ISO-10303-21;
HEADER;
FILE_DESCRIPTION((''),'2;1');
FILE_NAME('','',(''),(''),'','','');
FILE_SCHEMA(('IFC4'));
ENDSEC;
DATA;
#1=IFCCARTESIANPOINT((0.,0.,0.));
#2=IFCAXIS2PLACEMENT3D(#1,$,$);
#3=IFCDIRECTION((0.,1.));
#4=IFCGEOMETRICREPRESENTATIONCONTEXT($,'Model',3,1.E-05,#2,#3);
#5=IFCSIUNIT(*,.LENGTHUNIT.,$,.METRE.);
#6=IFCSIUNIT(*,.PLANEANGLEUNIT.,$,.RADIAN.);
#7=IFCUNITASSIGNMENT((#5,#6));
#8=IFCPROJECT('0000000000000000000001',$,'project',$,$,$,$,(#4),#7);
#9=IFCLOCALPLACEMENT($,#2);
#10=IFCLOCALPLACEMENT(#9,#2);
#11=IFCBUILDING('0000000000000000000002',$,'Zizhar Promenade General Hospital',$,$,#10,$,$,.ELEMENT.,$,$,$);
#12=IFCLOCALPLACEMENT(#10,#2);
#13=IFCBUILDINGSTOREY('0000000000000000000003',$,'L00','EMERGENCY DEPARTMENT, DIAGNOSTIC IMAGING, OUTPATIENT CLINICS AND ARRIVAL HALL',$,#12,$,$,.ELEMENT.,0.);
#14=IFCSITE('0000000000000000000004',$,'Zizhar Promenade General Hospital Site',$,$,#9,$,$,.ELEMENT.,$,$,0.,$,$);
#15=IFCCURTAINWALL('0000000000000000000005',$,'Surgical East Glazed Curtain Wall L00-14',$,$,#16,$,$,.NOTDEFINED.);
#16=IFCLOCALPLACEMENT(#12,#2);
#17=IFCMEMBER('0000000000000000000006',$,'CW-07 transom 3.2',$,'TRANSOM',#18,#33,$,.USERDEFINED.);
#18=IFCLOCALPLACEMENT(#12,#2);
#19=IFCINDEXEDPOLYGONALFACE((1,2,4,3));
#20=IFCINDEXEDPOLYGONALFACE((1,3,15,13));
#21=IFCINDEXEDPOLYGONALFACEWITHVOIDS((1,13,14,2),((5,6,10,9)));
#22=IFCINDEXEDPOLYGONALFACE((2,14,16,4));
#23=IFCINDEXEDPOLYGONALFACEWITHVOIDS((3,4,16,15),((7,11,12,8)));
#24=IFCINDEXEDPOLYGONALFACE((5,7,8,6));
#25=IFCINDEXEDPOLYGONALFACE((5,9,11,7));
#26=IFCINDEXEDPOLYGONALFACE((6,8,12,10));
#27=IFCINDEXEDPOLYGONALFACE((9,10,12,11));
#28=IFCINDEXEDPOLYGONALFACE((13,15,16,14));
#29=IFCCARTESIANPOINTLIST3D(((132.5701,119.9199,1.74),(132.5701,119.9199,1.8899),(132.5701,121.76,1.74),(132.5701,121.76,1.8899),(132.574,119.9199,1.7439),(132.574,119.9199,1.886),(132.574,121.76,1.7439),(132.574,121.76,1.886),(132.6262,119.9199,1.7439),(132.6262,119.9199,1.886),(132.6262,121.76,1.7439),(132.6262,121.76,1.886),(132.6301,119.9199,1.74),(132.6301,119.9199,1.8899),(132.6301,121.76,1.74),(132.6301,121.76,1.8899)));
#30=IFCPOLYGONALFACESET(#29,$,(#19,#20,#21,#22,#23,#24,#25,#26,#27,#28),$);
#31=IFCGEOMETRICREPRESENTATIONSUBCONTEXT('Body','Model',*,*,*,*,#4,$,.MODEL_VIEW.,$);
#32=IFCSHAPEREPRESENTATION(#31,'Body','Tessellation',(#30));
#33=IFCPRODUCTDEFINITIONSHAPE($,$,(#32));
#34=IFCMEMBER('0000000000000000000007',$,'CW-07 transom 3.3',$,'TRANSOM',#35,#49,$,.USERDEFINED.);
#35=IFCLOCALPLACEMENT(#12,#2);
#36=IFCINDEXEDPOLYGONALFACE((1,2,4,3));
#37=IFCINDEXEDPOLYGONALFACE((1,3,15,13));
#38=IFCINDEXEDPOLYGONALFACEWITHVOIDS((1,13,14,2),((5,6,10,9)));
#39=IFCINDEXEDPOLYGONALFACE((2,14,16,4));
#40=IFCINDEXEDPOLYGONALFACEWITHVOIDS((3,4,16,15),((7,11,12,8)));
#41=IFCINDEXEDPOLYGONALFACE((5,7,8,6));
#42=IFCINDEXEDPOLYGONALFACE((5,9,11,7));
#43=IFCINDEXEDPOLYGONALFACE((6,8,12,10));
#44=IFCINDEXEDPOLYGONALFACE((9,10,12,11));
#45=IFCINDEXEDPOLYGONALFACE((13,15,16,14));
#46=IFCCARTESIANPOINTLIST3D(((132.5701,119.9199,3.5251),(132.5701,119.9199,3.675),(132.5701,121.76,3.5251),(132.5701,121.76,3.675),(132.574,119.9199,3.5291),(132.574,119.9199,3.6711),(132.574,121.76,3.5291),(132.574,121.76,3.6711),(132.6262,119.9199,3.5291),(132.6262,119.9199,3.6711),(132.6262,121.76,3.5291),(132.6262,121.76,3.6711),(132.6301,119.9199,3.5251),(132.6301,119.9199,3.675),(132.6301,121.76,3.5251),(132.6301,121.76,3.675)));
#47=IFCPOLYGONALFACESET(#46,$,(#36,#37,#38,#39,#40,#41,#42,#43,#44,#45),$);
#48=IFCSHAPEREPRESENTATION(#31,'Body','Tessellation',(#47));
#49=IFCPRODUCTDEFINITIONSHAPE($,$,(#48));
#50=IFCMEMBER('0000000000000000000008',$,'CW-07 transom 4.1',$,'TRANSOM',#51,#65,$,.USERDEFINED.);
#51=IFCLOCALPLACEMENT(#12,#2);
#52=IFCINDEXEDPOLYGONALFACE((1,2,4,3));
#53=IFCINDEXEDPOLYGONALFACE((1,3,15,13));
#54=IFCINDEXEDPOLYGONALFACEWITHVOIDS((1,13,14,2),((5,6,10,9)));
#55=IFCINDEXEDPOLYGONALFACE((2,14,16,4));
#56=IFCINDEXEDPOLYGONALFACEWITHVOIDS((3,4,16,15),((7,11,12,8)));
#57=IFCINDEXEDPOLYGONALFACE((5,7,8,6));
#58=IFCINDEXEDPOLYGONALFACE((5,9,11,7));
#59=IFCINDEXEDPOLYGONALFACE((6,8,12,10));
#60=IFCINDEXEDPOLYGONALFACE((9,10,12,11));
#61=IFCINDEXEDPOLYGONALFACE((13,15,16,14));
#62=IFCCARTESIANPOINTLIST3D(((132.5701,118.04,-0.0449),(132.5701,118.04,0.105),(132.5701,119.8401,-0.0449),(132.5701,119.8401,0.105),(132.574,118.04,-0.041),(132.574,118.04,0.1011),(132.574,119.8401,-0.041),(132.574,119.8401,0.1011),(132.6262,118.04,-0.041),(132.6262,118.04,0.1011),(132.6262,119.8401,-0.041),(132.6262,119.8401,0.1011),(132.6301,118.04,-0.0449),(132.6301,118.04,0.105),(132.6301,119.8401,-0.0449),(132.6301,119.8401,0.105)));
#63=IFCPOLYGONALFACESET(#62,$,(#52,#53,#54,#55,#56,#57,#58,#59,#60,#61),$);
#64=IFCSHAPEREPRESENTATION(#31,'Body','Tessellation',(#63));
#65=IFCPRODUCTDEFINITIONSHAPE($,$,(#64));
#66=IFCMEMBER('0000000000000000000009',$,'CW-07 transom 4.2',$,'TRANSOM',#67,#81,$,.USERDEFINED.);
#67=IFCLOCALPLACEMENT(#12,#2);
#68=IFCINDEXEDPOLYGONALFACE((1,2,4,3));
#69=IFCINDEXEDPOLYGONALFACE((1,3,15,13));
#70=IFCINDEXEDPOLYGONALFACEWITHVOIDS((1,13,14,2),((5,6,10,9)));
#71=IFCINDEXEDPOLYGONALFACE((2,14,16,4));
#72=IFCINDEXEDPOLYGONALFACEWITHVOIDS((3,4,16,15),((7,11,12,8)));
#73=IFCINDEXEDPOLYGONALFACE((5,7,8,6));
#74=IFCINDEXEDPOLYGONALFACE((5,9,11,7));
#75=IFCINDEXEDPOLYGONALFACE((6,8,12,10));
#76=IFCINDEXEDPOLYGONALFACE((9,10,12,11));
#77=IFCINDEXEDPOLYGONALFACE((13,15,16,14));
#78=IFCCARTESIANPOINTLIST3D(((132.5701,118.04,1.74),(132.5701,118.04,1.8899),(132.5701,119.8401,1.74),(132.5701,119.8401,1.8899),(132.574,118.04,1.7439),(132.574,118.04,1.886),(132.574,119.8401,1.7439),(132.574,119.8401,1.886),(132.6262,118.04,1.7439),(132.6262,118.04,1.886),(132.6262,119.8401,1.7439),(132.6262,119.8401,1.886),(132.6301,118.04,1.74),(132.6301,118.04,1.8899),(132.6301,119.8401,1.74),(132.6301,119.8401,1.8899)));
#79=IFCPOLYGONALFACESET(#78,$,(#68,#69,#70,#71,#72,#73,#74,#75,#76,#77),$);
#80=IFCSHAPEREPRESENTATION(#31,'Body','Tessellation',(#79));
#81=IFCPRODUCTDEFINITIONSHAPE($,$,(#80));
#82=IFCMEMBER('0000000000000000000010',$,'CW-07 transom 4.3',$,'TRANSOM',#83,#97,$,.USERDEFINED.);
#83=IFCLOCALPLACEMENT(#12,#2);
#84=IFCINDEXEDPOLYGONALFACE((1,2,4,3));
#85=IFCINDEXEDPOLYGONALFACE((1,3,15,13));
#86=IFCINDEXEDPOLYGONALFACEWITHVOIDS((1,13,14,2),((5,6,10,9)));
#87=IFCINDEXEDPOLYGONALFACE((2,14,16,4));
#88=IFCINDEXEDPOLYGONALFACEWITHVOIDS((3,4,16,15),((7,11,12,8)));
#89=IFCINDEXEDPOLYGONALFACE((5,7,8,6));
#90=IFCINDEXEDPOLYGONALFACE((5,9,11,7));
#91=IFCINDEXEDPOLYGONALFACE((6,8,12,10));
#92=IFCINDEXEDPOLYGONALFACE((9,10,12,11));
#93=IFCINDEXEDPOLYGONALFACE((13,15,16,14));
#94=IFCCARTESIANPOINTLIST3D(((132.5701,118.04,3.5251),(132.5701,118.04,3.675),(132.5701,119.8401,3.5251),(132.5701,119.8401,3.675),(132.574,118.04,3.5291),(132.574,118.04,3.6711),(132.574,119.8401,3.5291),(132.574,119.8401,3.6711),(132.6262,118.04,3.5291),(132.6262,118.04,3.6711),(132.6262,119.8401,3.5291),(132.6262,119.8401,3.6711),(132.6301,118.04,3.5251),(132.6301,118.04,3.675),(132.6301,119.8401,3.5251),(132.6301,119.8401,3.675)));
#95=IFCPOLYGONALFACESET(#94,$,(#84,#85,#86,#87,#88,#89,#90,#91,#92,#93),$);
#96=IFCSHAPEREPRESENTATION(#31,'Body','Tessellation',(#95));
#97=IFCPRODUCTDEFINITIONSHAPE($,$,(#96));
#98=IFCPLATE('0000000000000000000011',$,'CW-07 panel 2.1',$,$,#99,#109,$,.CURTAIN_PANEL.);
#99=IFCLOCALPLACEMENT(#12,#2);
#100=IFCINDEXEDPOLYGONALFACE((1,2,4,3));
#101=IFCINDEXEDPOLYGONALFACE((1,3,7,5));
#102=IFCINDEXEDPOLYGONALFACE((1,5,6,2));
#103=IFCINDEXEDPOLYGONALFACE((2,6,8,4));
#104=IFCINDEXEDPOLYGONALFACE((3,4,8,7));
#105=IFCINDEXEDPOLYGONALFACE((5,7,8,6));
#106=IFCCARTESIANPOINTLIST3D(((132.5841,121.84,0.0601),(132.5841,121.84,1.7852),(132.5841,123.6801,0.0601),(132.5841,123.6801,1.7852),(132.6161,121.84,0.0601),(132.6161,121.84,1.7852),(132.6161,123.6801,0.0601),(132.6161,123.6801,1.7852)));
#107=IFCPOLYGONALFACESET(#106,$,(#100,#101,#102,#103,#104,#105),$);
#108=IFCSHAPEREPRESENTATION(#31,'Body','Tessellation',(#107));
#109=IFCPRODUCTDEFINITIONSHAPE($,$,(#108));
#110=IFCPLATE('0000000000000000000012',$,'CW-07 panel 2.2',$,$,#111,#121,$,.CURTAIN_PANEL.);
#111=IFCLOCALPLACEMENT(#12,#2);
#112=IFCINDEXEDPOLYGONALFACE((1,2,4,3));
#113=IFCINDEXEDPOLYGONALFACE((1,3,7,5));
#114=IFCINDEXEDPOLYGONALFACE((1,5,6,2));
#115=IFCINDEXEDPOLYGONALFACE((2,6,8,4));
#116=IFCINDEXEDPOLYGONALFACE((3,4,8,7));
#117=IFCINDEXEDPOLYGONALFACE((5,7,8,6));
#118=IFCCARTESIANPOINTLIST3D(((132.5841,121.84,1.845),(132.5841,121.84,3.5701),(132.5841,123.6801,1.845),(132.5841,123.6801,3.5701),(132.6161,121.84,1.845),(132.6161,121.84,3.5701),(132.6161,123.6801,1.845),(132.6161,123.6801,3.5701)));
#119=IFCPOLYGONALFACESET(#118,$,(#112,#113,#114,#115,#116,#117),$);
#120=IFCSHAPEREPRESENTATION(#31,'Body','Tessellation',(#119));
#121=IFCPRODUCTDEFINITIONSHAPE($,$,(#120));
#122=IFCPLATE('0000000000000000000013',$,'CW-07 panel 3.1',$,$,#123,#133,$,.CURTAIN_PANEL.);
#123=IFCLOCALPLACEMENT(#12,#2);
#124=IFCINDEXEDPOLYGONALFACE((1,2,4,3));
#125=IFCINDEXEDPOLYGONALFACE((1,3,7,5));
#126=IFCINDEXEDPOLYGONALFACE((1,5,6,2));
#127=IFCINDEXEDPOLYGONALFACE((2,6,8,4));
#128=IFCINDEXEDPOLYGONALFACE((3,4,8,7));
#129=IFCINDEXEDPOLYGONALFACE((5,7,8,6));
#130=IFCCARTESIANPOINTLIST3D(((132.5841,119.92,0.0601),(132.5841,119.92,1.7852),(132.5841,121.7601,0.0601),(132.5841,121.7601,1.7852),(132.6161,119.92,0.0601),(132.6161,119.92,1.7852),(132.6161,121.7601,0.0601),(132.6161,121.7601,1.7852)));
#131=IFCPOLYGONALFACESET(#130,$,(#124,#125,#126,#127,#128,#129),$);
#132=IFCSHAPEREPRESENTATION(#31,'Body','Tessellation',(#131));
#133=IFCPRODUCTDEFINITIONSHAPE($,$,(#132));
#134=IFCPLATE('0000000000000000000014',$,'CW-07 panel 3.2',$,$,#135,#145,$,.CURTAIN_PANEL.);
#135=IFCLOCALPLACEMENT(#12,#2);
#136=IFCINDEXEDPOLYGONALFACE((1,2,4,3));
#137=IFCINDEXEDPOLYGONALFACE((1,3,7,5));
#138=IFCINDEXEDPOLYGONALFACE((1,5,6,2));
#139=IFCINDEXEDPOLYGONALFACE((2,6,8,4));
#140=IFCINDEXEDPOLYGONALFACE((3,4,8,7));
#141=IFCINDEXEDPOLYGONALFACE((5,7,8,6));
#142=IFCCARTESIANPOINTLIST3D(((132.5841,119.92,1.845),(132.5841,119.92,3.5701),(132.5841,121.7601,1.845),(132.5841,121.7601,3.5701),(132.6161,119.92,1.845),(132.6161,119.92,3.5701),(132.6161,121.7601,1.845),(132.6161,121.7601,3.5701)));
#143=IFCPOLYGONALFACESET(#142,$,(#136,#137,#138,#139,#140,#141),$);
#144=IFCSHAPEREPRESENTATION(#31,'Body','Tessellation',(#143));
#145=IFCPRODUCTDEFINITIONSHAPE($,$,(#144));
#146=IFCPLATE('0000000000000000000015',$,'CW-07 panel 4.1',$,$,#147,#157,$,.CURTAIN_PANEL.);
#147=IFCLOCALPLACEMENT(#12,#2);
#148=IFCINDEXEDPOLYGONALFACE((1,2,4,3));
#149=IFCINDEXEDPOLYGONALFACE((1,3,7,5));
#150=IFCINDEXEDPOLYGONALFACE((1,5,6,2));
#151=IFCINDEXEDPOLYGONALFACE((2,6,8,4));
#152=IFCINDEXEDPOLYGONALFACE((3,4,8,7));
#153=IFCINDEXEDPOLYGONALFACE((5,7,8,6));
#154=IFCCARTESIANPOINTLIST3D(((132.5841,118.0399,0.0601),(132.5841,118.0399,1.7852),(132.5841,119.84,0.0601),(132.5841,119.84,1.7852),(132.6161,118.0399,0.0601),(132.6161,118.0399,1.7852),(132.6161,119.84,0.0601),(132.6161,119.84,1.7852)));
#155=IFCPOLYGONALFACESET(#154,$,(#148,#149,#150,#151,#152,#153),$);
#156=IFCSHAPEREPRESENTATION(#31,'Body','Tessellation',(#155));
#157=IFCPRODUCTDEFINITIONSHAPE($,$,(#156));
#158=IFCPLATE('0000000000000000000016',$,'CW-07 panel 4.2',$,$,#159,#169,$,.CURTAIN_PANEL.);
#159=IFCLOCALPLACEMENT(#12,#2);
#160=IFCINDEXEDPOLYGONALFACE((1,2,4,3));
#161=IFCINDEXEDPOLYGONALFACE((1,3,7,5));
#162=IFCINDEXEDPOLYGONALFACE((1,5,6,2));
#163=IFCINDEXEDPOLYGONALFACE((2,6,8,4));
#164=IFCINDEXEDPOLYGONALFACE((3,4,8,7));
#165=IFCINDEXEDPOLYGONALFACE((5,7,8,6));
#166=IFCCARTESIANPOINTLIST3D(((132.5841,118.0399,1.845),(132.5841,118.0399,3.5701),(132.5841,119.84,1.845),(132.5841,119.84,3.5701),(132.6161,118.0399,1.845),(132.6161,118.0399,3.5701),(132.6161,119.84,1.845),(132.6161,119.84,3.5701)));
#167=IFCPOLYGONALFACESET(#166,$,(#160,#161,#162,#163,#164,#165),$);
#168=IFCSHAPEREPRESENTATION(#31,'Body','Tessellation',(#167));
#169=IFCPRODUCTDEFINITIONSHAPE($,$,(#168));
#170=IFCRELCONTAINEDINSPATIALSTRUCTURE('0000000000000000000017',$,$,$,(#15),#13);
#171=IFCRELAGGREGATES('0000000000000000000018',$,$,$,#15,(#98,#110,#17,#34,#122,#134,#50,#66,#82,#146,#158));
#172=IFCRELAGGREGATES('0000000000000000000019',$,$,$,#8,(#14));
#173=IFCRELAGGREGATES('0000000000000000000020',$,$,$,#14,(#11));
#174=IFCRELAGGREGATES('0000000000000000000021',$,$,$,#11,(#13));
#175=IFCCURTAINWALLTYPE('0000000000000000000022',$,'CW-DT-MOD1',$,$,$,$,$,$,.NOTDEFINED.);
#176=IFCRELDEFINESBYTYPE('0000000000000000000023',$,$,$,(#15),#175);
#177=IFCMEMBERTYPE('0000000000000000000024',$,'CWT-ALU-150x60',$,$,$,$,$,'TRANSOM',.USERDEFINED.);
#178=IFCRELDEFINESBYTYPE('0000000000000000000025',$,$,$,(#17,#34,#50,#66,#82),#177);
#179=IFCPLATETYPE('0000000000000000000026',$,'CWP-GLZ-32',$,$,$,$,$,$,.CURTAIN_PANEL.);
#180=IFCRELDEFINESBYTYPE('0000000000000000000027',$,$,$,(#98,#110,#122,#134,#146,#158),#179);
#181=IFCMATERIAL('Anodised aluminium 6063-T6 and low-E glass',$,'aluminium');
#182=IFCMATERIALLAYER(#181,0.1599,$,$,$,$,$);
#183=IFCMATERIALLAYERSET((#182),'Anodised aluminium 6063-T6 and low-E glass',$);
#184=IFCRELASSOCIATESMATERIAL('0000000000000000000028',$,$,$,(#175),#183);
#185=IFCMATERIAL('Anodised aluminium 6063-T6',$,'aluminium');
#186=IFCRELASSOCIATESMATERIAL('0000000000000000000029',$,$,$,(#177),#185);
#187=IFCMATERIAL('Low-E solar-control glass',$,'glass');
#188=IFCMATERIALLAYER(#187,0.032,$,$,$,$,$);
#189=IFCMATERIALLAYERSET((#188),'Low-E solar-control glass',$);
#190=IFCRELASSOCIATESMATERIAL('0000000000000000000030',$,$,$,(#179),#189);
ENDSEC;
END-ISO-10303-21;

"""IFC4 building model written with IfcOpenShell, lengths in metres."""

from ifc_helpers import new_model, si_unit, direction, frame, origin, origin_2d, place, context, subcontext, project, spatial, rectangle, hollow_rectangle, extrude, material, layer, layer_set, material_profile, profile_set, type_object, element, aggregate, save


model = new_model("IFC4")

# Units and contexts
model_context = context("Model", 3, precision=1e-05, world=origin(), true_north=direction((0.0, 1.0)))
body_context = subcontext(model_context, "Body", "Model", "MODEL_VIEW")
ifc_project = project(units=[si_unit("LENGTHUNIT", "METRE"), si_unit("PLANEANGLEUNIT", "RADIAN")], contexts=[model_context])

# Site, building, storey
site_placement = place(None, origin())
site = spatial("IfcSite", under=ifc_project, at=site_placement, Name="Zizhar Promenade General Hospital Site", CompositionType="ELEMENT", RefElevation=0.0)
building_placement = place(site_placement, origin())
building = spatial("IfcBuilding", under=site, at=building_placement, Name="Zizhar Promenade General Hospital", CompositionType="ELEMENT")
storey_placement = place(building_placement, origin())
storey = spatial("IfcBuildingStorey", under=building, at=storey_placement, Name="L00", Description="EMERGENCY DEPARTMENT, DIAGNOSTIC IMAGING, OUTPATIENT CLINICS AND ARRIVAL HALL", CompositionType="ELEMENT", Elevation=0.0)

# Curtain wall, members, plates
ifc_material_1 = material(Name="Anodised aluminium 6063-T6 and low-E glass", Category="aluminium")
ifc_layer_1 = layer(ifc_material_1, 0.1599)
ifc_layer_set_1 = layer_set([ifc_layer_1], Name="Anodised aluminium 6063-T6 and low-E glass")
curtain_wall_type = type_object("IfcCurtainWallType", Name="CW-DT-MOD1", PredefinedType="NOTDEFINED", material=ifc_layer_set_1)
curtain_wall_placement = place(storey_placement, origin())
curtain_wall = element("IfcCurtainWall", 1, at=curtain_wall_placement, inside=storey, type_object=curtain_wall_type, Name="Surgical East Glazed Curtain Wall L00-14", PredefinedType="NOTDEFINED")
ifc_material_2 = material(Name="Anodised aluminium 6063-T6", Category="aluminium")
ifc_material_profile_1 = material_profile(ifc_material_2, hollow_rectangle(XDim=0.0601, YDim=0.1499, WallThickness=0.0039, at=origin_2d()))
ifc_profile_set_1 = profile_set([ifc_material_profile_1], Name="Anodised aluminium 6063-T6")
member_type_1 = type_object("IfcMemberType", Name="CWT-ALU-150x60", ElementType="TRANSOM", PredefinedType="USERDEFINED", material=ifc_profile_set_1)
member_1_placement = place(storey_placement, frame((132.6001, 121.76, 1.8149), z_axis=(0.0, -1.0, 0.0), x_axis=(1.0, 0.0, 0.0)))
member_1 = element("IfcMember", 2, at=member_1_placement, type_object=member_type_1, Name="CW-07 transom 3.2", ObjectType="TRANSOM", PredefinedType="USERDEFINED", context=body_context, shape_type="SweptSolid", body=[
    extrude(hollow_rectangle(XDim=0.0601, YDim=0.1499, WallThickness=0.0039, at=origin_2d()), origin(), (0.0, 0.0, 1.0), 1.8401),
])
member_2_placement = place(storey_placement, frame((132.6001, 121.76, 3.6001), z_axis=(0.0, -1.0, 0.0), x_axis=(1.0, 0.0, 0.0)))
member_2 = element("IfcMember", 3, at=member_2_placement, type_object=member_type_1, Name="CW-07 transom 3.3", ObjectType="TRANSOM", PredefinedType="USERDEFINED", context=body_context, shape_type="SweptSolid", body=[
    extrude(hollow_rectangle(XDim=0.0601, YDim=0.1499, WallThickness=0.0039, at=origin_2d()), origin(), (0.0, 0.0, 1.0), 1.8401),
])
member_3_placement = place(storey_placement, frame((132.6001, 119.8401, 0.03), z_axis=(0.0, -1.0, 0.0), x_axis=(1.0, 0.0, 0.0)))
member_3 = element("IfcMember", 4, at=member_3_placement, type_object=member_type_1, Name="CW-07 transom 4.1", ObjectType="TRANSOM", PredefinedType="USERDEFINED", context=body_context, shape_type="SweptSolid", body=[
    extrude(hollow_rectangle(XDim=0.0601, YDim=0.1499, WallThickness=0.0039, at=origin_2d()), origin(), (0.0, 0.0, 1.0), 1.8),
])
member_4_placement = place(storey_placement, frame((132.6001, 119.8401, 1.8149), z_axis=(0.0, -1.0, 0.0), x_axis=(1.0, 0.0, 0.0)))
member_4 = element("IfcMember", 5, at=member_4_placement, type_object=member_type_1, Name="CW-07 transom 4.2", ObjectType="TRANSOM", PredefinedType="USERDEFINED", context=body_context, shape_type="SweptSolid", body=[
    extrude(hollow_rectangle(XDim=0.0601, YDim=0.1499, WallThickness=0.0039, at=origin_2d()), origin(), (0.0, 0.0, 1.0), 1.8),
])
member_5_placement = place(storey_placement, frame((132.6001, 119.8401, 3.6001), z_axis=(0.0, -1.0, 0.0), x_axis=(1.0, 0.0, 0.0)))
member_5 = element("IfcMember", 6, at=member_5_placement, type_object=member_type_1, Name="CW-07 transom 4.3", ObjectType="TRANSOM", PredefinedType="USERDEFINED", context=body_context, shape_type="SweptSolid", body=[
    extrude(hollow_rectangle(XDim=0.0601, YDim=0.1499, WallThickness=0.0039, at=origin_2d()), origin(), (0.0, 0.0, 1.0), 1.8),
])
ifc_material_3 = material(Name="Low-E solar-control glass", Category="glass")
ifc_layer_2 = layer(ifc_material_3, 0.032)
ifc_layer_set_2 = layer_set([ifc_layer_2], Name="Low-E solar-control glass")
plate_type = type_object("IfcPlateType", Name="CWP-GLZ-32", PredefinedType="CURTAIN_PANEL", material=ifc_layer_set_2)
plate_1_placement = place(storey_placement, frame((132.6001, 122.76, 0.0601), z_axis=(0.0, 0.0, 1.0), x_axis=(0.0, -1.0, 0.0)))
plate_1 = element("IfcPlate", 7, at=plate_1_placement, type_object=plate_type, Name="CW-07 panel 2.1", PredefinedType="CURTAIN_PANEL", context=body_context, shape_type="SweptSolid", body=[
    extrude(rectangle(XDim=1.8401, YDim=0.032, at=origin_2d()), origin(), (0.0, 0.0, 1.0), 1.7251),
])
plate_2_placement = place(storey_placement, frame((132.6001, 122.76, 1.845), z_axis=(0.0, 0.0, 1.0), x_axis=(0.0, -1.0, 0.0)))
plate_2 = element("IfcPlate", 8, at=plate_2_placement, type_object=plate_type, Name="CW-07 panel 2.2", PredefinedType="CURTAIN_PANEL", context=body_context, shape_type="SweptSolid", body=[
    extrude(rectangle(XDim=1.8401, YDim=0.032, at=origin_2d()), origin(), (0.0, 0.0, 1.0), 1.7251),
])
plate_3_placement = place(storey_placement, frame((132.6001, 120.8401, 0.0601), z_axis=(0.0, 0.0, 1.0), x_axis=(0.0, -1.0, 0.0)))
plate_3 = element("IfcPlate", 9, at=plate_3_placement, type_object=plate_type, Name="CW-07 panel 3.1", PredefinedType="CURTAIN_PANEL", context=body_context, shape_type="SweptSolid", body=[
    extrude(rectangle(XDim=1.8401, YDim=0.032, at=origin_2d()), origin(), (0.0, 0.0, 1.0), 1.7251),
])
plate_4_placement = place(storey_placement, frame((132.6001, 120.8401, 1.845), z_axis=(0.0, 0.0, 1.0), x_axis=(0.0, -1.0, 0.0)))
plate_4 = element("IfcPlate", 10, at=plate_4_placement, type_object=plate_type, Name="CW-07 panel 3.2", PredefinedType="CURTAIN_PANEL", context=body_context, shape_type="SweptSolid", body=[
    extrude(rectangle(XDim=1.8401, YDim=0.032, at=origin_2d()), origin(), (0.0, 0.0, 1.0), 1.7251),
])
plate_5_placement = place(storey_placement, frame((132.6001, 118.9399, 0.0601), z_axis=(0.0, 0.0, 1.0), x_axis=(0.0, -1.0, 0.0)))
plate_5 = element("IfcPlate", 11, at=plate_5_placement, type_object=plate_type, Name="CW-07 panel 4.1", PredefinedType="CURTAIN_PANEL", context=body_context, shape_type="SweptSolid", body=[
    extrude(rectangle(XDim=1.8, YDim=0.032, at=origin_2d()), origin(), (0.0, 0.0, 1.0), 1.7251),
])
plate_6_placement = place(storey_placement, frame((132.6001, 118.9399, 1.845), z_axis=(0.0, 0.0, 1.0), x_axis=(0.0, -1.0, 0.0)))
plate_6 = element("IfcPlate", 12, at=plate_6_placement, type_object=plate_type, Name="CW-07 panel 4.2", PredefinedType="CURTAIN_PANEL", context=body_context, shape_type="SweptSolid", body=[
    extrude(rectangle(XDim=1.8, YDim=0.032, at=origin_2d()), origin(), (0.0, 0.0, 1.0), 1.7251),
])
aggregate(curtain_wall, [plate_1, plate_2, member_1, member_2, plate_3, plate_4, member_3, member_4, member_5, plate_5, plate_6])

save(model, "model.ifc")
